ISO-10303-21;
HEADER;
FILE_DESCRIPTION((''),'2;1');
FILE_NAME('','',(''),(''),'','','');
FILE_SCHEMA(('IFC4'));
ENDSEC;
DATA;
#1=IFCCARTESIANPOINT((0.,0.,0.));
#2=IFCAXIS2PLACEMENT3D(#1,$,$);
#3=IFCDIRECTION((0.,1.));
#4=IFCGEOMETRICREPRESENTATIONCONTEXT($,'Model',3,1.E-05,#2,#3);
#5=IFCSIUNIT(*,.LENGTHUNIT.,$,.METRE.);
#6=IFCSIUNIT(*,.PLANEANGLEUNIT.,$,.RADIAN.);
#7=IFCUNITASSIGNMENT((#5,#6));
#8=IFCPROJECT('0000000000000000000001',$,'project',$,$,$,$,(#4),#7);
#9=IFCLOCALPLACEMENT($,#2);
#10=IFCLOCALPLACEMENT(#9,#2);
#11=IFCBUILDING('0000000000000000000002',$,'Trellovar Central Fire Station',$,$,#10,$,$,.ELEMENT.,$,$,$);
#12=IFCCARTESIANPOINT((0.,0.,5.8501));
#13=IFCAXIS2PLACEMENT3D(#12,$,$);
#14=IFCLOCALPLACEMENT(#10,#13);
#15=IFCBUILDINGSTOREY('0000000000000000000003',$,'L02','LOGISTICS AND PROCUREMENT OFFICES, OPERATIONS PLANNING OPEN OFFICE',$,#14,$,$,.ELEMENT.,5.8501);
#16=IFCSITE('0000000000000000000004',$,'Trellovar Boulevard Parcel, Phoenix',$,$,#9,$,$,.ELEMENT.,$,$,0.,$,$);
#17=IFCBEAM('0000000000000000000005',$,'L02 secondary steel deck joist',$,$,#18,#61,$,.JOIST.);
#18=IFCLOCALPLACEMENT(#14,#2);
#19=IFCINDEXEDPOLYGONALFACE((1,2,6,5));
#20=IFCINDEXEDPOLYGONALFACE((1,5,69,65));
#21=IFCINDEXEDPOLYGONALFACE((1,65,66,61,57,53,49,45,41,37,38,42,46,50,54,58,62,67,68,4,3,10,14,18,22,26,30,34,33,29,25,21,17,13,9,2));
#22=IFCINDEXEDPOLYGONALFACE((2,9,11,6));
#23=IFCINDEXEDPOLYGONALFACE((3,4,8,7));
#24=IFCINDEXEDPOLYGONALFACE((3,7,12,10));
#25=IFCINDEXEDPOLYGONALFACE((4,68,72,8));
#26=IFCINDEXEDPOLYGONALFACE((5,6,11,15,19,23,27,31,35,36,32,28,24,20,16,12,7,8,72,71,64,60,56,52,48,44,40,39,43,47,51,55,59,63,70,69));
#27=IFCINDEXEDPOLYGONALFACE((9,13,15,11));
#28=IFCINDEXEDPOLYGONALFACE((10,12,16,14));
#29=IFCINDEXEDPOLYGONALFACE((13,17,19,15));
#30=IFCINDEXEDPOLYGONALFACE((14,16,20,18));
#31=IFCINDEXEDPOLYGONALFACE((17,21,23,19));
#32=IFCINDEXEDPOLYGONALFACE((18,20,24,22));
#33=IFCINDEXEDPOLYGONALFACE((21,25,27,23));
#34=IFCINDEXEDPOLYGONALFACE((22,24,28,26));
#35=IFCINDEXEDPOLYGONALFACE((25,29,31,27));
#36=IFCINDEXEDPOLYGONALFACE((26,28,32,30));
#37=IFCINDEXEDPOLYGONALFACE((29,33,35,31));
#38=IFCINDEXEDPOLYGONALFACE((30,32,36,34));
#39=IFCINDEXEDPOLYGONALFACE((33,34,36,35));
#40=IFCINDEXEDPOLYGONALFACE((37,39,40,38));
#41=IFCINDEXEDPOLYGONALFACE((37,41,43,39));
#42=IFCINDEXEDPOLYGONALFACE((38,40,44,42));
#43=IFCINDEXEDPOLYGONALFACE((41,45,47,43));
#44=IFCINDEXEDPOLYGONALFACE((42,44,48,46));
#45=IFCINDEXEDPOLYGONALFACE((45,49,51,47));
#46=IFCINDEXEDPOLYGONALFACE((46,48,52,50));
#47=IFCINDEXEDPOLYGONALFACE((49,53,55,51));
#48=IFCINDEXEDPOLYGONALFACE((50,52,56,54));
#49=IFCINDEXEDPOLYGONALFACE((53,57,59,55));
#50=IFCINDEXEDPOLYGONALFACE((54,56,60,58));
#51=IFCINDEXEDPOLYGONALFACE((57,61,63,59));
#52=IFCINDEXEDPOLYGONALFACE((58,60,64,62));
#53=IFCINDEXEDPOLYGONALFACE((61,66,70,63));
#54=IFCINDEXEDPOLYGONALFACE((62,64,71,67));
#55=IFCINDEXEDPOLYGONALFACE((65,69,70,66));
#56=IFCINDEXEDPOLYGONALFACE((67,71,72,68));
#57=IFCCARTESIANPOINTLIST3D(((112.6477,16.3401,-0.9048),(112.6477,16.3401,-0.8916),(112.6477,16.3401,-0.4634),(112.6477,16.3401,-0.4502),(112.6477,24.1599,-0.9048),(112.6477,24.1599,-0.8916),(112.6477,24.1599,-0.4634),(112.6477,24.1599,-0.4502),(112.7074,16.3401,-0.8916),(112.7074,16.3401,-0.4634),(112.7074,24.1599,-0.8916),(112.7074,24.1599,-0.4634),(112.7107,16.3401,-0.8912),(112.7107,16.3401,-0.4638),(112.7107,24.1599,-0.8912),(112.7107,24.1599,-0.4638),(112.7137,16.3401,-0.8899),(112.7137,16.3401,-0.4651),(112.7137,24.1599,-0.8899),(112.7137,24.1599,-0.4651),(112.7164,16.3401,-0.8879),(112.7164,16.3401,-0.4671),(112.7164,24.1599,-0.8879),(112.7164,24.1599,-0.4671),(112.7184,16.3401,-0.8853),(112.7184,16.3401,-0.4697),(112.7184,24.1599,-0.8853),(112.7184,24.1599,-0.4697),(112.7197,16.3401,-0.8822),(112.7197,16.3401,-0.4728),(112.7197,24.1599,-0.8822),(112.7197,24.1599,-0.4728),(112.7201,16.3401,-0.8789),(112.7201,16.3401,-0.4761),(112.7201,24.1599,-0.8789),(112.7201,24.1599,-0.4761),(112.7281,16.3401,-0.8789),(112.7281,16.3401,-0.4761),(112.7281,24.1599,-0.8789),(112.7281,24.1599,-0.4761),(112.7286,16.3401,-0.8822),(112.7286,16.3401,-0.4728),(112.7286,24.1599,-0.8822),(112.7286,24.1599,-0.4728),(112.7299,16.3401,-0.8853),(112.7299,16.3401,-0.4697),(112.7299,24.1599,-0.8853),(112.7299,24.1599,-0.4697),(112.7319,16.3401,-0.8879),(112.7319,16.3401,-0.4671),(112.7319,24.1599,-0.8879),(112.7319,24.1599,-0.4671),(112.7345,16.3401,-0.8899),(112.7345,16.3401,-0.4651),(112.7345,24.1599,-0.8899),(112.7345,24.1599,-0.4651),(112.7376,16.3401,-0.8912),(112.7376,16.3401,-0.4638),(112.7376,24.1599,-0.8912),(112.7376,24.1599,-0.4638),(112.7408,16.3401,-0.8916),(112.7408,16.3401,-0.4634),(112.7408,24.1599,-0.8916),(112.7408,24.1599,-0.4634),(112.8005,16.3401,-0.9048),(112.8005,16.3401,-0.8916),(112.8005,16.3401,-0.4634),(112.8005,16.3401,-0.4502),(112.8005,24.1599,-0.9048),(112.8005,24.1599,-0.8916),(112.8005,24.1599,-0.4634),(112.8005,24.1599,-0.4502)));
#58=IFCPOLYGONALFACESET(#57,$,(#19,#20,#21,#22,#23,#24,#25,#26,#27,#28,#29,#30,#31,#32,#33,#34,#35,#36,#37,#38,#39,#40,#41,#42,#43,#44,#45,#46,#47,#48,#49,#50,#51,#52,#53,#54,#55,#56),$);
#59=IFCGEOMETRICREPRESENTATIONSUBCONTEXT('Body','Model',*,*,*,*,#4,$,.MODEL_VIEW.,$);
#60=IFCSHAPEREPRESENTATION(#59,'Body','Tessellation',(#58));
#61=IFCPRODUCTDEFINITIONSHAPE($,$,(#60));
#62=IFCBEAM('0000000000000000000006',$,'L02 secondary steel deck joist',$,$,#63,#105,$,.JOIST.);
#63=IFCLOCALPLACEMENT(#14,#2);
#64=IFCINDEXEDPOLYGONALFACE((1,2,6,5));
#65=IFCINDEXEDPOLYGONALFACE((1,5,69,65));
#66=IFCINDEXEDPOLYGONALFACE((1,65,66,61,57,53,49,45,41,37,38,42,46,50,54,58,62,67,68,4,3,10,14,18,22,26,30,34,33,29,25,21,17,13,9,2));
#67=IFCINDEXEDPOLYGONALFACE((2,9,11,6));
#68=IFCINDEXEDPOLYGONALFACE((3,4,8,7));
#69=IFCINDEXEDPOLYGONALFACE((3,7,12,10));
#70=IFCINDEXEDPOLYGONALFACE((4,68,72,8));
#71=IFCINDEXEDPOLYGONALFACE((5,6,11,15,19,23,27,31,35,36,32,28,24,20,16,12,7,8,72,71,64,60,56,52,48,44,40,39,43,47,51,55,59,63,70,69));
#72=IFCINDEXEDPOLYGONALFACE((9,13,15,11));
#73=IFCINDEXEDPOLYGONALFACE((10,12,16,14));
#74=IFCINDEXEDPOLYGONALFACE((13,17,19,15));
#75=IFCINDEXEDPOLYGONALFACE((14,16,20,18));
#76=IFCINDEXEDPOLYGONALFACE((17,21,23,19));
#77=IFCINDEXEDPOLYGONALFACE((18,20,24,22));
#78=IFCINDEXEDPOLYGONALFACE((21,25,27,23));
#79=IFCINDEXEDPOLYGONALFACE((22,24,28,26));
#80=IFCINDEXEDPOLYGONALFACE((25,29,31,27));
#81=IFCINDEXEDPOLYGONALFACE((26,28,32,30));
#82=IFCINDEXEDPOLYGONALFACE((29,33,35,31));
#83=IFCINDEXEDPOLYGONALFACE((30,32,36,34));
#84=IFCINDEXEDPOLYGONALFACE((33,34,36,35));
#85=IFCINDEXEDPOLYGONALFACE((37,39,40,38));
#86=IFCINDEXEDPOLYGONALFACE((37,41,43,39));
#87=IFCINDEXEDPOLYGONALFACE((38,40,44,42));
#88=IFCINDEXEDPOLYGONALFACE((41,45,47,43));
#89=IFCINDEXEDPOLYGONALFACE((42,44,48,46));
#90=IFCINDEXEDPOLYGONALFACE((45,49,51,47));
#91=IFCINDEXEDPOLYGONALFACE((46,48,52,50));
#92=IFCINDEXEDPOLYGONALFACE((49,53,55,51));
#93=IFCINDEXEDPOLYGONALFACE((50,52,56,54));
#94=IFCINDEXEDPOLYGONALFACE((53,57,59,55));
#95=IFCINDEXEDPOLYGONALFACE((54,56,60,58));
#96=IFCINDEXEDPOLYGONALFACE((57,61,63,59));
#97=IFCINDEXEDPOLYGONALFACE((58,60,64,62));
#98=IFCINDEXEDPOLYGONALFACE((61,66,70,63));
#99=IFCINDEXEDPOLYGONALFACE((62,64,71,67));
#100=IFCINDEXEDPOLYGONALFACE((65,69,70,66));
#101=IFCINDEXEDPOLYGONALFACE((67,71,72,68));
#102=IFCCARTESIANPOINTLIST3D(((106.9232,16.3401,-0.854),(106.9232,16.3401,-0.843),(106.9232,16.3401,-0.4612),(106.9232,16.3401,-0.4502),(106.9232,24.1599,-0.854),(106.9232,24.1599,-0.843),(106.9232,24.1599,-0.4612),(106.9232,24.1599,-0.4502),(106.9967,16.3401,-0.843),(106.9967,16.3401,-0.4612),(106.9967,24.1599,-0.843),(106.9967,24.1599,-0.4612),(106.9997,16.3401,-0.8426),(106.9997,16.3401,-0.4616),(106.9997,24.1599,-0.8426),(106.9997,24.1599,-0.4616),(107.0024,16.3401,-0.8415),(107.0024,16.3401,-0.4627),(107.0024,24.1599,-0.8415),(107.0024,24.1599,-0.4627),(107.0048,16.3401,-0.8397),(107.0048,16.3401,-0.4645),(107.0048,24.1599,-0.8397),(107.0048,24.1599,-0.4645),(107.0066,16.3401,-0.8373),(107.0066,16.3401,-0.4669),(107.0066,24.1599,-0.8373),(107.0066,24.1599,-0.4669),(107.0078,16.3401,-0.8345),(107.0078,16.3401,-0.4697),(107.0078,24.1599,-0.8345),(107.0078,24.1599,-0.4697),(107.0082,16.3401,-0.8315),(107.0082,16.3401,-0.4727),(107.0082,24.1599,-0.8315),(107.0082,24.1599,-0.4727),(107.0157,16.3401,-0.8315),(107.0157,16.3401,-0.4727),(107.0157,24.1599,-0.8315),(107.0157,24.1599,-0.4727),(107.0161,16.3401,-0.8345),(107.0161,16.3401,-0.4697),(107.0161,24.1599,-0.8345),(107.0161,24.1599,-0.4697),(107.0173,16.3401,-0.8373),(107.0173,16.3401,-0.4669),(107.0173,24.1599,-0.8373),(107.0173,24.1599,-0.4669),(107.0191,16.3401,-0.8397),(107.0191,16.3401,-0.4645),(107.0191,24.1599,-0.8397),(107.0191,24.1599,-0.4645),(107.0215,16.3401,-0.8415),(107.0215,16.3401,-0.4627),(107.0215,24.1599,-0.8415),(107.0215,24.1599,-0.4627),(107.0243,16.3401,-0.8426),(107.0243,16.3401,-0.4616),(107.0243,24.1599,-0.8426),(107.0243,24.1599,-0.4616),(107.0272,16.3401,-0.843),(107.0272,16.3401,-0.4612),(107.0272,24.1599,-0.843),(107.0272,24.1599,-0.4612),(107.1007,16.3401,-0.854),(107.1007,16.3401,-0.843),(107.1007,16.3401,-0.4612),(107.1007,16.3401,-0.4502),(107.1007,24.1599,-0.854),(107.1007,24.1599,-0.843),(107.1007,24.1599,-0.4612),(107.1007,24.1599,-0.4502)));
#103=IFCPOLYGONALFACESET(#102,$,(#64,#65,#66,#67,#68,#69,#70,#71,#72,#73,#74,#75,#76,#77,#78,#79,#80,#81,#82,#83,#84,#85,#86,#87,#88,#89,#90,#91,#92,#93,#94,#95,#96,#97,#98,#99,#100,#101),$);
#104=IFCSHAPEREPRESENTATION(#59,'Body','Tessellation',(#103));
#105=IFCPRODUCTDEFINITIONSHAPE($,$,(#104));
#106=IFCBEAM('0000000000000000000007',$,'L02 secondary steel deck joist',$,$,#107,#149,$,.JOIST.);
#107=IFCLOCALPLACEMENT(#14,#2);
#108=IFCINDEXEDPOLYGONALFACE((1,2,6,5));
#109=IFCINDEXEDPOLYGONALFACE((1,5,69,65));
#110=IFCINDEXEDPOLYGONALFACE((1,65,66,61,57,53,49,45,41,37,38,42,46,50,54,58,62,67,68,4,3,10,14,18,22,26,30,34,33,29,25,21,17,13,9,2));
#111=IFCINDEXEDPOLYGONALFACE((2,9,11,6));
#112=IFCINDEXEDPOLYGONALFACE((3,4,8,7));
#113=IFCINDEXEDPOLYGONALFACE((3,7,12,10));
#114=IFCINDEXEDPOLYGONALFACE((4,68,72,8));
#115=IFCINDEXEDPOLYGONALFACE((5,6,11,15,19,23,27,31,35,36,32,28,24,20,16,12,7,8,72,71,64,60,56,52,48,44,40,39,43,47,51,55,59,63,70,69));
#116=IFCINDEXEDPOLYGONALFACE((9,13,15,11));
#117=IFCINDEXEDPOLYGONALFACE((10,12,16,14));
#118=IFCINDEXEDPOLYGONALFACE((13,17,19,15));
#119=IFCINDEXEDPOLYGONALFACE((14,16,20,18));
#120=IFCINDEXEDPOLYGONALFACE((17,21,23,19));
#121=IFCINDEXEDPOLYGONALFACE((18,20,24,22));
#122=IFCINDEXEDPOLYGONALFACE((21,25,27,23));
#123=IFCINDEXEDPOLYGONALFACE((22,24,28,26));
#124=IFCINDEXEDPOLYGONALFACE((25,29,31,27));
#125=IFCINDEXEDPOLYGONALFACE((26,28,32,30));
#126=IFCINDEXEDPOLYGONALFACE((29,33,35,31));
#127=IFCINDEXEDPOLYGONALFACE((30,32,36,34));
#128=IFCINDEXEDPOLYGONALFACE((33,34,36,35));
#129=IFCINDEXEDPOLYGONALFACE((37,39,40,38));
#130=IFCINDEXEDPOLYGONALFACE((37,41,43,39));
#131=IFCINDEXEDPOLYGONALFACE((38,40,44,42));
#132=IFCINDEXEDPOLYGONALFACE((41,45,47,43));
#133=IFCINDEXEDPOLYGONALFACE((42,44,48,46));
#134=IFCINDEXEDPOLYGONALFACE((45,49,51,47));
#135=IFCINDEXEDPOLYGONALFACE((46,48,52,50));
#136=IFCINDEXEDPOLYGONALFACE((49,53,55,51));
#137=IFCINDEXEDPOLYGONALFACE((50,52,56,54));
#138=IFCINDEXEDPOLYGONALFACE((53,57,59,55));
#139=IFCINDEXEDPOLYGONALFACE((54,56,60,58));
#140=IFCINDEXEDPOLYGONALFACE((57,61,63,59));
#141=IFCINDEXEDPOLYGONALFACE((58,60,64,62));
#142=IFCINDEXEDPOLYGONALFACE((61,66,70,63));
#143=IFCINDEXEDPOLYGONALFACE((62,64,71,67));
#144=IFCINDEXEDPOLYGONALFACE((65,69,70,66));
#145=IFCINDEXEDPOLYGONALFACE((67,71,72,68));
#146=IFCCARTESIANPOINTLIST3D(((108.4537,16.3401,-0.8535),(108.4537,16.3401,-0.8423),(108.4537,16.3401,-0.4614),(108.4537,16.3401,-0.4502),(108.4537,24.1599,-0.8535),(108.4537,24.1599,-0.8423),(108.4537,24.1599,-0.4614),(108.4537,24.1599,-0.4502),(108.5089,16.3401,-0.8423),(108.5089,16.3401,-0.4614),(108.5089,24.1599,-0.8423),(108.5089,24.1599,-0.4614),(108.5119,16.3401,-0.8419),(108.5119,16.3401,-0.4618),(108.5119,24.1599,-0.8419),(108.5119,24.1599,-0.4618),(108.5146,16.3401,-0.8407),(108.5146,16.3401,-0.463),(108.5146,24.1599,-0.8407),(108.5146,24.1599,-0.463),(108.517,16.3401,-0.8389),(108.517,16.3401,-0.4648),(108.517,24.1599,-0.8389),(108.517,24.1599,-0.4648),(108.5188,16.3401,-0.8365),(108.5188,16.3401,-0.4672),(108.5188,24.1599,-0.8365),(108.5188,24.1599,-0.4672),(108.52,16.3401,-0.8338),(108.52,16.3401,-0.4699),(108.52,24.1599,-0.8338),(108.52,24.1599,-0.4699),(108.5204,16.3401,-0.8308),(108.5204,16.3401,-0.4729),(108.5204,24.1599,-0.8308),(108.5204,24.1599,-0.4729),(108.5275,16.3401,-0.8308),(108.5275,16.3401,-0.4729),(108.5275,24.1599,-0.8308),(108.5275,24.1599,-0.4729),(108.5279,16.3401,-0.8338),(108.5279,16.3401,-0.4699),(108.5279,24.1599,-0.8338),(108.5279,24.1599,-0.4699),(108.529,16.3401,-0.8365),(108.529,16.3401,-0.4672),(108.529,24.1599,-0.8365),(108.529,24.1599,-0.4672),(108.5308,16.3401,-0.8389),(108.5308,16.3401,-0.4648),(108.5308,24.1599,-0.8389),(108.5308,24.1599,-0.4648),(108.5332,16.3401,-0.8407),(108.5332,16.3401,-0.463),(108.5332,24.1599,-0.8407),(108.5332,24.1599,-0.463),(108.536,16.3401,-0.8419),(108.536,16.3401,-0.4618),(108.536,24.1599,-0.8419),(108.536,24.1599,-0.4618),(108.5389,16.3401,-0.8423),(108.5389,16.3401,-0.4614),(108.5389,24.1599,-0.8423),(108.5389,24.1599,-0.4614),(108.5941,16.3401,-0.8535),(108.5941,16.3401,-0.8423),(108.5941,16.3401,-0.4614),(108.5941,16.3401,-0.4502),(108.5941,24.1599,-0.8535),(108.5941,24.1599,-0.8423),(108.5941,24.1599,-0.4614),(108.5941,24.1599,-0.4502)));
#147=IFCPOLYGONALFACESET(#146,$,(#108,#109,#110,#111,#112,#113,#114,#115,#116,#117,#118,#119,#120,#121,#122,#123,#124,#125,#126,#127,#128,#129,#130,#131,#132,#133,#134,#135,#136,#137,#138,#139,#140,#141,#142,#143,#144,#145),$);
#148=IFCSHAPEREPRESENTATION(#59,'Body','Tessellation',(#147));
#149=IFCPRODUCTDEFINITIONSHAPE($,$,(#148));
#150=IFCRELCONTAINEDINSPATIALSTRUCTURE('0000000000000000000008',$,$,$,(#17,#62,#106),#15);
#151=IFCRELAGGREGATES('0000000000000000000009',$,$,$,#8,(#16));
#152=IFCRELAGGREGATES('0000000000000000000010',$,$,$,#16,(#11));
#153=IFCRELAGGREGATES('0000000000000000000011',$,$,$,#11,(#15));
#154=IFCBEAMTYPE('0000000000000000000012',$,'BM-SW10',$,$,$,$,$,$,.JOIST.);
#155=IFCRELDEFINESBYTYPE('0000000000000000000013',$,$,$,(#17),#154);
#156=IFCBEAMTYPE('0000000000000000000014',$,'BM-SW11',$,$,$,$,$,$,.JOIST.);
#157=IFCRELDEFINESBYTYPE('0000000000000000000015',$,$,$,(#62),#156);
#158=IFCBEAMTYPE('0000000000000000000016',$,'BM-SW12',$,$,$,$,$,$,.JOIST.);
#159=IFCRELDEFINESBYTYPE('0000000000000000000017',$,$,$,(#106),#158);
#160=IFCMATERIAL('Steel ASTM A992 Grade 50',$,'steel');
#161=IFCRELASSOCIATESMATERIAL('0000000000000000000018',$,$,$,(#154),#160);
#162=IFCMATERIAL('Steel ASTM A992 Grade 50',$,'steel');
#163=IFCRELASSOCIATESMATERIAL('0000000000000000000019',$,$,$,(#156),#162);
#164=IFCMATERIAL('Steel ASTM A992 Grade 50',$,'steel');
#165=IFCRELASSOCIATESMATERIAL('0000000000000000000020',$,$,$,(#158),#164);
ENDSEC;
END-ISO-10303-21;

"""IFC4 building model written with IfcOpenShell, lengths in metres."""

from ifc_helpers import new_model, si_unit, direction, frame, origin, origin_2d, place, context, subcontext, project, spatial, i_section, extrude, material, material_profile, profile_set, type_object, element, save


model = new_model("IFC4")

# Units and contexts
model_context = context("Model", 3, precision=1e-05, world=origin(), true_north=direction((0.0, 1.0)))
body_context = subcontext(model_context, "Body", "Model", "MODEL_VIEW")
ifc_project = project(units=[si_unit("LENGTHUNIT", "METRE"), si_unit("PLANEANGLEUNIT", "RADIAN")], contexts=[model_context])

# Site, building, storey
site_placement = place(None, origin())
site = spatial("IfcSite", under=ifc_project, at=site_placement, Name="Trellovar Boulevard Parcel, Phoenix", CompositionType="ELEMENT", RefElevation=0.0)
building_placement = place(site_placement, origin())
building = spatial("IfcBuilding", under=site, at=building_placement, Name="Trellovar Central Fire Station", CompositionType="ELEMENT")
storey_placement = place(building_placement, frame((0.0, 0.0, 5.8501)))
storey = spatial("IfcBuildingStorey", under=building, at=storey_placement, Name="L02", Description="LOGISTICS AND PROCUREMENT OFFICES, OPERATIONS PLANNING OPEN OFFICE", CompositionType="ELEMENT", Elevation=5.8501)

# Beams
ifc_material_1 = material(Name="Steel ASTM A992 Grade 50", Category="steel")
ifc_material_profile_1 = material_profile(ifc_material_1, i_section(OverallWidth=0.1528, OverallDepth=0.4546, WebThickness=0.0081, FlangeThickness=0.0132, FilletRadius=0.0127, at=origin_2d()), Name="W18X40")
ifc_profile_set_1 = profile_set([ifc_material_profile_1], Name="Steel ASTM A992 Grade 50")
beam_type_1 = type_object("IfcBeamType", Name="BM-SW10", PredefinedType="JOIST", material=ifc_profile_set_1)
beam_1_placement = place(storey_placement, frame((112.7241, 16.3401, -0.6775), z_axis=(0.0, 1.0, 0.0), x_axis=(-1.0, 0.0, 0.0)))
element("IfcBeam", 1, at=beam_1_placement, inside=storey, type_object=beam_type_1, Name="L02 secondary steel deck joist", PredefinedType="JOIST", context=body_context, shape_type="SweptSolid", body=[
    extrude(i_section(OverallWidth=0.1528, OverallDepth=0.4546, WebThickness=0.0081, FlangeThickness=0.0132, FilletRadius=0.0127, at=origin_2d()), origin(), (0.0, 0.0, 1.0), 7.8198),
])
ifc_material_2 = material(Name="Steel ASTM A992 Grade 50", Category="steel")
ifc_material_profile_2 = material_profile(ifc_material_2, i_section(OverallWidth=0.1775, OverallDepth=0.4038, WebThickness=0.0076, FlangeThickness=0.011, FilletRadius=0.0115, at=origin_2d()), Name="W16X36")
ifc_profile_set_2 = profile_set([ifc_material_profile_2], Name="Steel ASTM A992 Grade 50")
beam_type_2 = type_object("IfcBeamType", Name="BM-SW11", PredefinedType="JOIST", material=ifc_profile_set_2)
beam_2_placement = place(storey_placement, frame((107.012, 16.3401, -0.6521), z_axis=(0.0, 1.0, 0.0), x_axis=(-1.0, 0.0, 0.0)))
element("IfcBeam", 2, at=beam_2_placement, inside=storey, type_object=beam_type_2, Name="L02 secondary steel deck joist", PredefinedType="JOIST", context=body_context, shape_type="SweptSolid", body=[
    extrude(i_section(OverallWidth=0.1775, OverallDepth=0.4038, WebThickness=0.0076, FlangeThickness=0.011, FilletRadius=0.0115, at=origin_2d()), origin(), (0.0, 0.0, 1.0), 7.8198),
])
ifc_material_3 = material(Name="Steel ASTM A992 Grade 50", Category="steel")
ifc_material_profile_3 = material_profile(ifc_material_3, i_section(OverallWidth=0.1404, OverallDepth=0.4033, WebThickness=0.0071, FlangeThickness=0.0112, FilletRadius=0.0115, at=origin_2d()), Name="W16X31")
ifc_profile_set_3 = profile_set([ifc_material_profile_3], Name="Steel ASTM A992 Grade 50")
beam_type_3 = type_object("IfcBeamType", Name="BM-SW12", PredefinedType="JOIST", material=ifc_profile_set_3)
beam_3_placement = place(storey_placement, frame((108.5239, 16.3401, -0.6519), z_axis=(0.0, 1.0, 0.0), x_axis=(-1.0, 0.0, 0.0)))
element("IfcBeam", 3, at=beam_3_placement, inside=storey, type_object=beam_type_3, Name="L02 secondary steel deck joist", PredefinedType="JOIST", context=body_context, shape_type="SweptSolid", body=[
    extrude(i_section(OverallWidth=0.1404, OverallDepth=0.4033, WebThickness=0.0071, FlangeThickness=0.0112, FilletRadius=0.0115, at=origin_2d()), origin(), (0.0, 0.0, 1.0), 7.8198),
])

save(model, "model.ifc")
